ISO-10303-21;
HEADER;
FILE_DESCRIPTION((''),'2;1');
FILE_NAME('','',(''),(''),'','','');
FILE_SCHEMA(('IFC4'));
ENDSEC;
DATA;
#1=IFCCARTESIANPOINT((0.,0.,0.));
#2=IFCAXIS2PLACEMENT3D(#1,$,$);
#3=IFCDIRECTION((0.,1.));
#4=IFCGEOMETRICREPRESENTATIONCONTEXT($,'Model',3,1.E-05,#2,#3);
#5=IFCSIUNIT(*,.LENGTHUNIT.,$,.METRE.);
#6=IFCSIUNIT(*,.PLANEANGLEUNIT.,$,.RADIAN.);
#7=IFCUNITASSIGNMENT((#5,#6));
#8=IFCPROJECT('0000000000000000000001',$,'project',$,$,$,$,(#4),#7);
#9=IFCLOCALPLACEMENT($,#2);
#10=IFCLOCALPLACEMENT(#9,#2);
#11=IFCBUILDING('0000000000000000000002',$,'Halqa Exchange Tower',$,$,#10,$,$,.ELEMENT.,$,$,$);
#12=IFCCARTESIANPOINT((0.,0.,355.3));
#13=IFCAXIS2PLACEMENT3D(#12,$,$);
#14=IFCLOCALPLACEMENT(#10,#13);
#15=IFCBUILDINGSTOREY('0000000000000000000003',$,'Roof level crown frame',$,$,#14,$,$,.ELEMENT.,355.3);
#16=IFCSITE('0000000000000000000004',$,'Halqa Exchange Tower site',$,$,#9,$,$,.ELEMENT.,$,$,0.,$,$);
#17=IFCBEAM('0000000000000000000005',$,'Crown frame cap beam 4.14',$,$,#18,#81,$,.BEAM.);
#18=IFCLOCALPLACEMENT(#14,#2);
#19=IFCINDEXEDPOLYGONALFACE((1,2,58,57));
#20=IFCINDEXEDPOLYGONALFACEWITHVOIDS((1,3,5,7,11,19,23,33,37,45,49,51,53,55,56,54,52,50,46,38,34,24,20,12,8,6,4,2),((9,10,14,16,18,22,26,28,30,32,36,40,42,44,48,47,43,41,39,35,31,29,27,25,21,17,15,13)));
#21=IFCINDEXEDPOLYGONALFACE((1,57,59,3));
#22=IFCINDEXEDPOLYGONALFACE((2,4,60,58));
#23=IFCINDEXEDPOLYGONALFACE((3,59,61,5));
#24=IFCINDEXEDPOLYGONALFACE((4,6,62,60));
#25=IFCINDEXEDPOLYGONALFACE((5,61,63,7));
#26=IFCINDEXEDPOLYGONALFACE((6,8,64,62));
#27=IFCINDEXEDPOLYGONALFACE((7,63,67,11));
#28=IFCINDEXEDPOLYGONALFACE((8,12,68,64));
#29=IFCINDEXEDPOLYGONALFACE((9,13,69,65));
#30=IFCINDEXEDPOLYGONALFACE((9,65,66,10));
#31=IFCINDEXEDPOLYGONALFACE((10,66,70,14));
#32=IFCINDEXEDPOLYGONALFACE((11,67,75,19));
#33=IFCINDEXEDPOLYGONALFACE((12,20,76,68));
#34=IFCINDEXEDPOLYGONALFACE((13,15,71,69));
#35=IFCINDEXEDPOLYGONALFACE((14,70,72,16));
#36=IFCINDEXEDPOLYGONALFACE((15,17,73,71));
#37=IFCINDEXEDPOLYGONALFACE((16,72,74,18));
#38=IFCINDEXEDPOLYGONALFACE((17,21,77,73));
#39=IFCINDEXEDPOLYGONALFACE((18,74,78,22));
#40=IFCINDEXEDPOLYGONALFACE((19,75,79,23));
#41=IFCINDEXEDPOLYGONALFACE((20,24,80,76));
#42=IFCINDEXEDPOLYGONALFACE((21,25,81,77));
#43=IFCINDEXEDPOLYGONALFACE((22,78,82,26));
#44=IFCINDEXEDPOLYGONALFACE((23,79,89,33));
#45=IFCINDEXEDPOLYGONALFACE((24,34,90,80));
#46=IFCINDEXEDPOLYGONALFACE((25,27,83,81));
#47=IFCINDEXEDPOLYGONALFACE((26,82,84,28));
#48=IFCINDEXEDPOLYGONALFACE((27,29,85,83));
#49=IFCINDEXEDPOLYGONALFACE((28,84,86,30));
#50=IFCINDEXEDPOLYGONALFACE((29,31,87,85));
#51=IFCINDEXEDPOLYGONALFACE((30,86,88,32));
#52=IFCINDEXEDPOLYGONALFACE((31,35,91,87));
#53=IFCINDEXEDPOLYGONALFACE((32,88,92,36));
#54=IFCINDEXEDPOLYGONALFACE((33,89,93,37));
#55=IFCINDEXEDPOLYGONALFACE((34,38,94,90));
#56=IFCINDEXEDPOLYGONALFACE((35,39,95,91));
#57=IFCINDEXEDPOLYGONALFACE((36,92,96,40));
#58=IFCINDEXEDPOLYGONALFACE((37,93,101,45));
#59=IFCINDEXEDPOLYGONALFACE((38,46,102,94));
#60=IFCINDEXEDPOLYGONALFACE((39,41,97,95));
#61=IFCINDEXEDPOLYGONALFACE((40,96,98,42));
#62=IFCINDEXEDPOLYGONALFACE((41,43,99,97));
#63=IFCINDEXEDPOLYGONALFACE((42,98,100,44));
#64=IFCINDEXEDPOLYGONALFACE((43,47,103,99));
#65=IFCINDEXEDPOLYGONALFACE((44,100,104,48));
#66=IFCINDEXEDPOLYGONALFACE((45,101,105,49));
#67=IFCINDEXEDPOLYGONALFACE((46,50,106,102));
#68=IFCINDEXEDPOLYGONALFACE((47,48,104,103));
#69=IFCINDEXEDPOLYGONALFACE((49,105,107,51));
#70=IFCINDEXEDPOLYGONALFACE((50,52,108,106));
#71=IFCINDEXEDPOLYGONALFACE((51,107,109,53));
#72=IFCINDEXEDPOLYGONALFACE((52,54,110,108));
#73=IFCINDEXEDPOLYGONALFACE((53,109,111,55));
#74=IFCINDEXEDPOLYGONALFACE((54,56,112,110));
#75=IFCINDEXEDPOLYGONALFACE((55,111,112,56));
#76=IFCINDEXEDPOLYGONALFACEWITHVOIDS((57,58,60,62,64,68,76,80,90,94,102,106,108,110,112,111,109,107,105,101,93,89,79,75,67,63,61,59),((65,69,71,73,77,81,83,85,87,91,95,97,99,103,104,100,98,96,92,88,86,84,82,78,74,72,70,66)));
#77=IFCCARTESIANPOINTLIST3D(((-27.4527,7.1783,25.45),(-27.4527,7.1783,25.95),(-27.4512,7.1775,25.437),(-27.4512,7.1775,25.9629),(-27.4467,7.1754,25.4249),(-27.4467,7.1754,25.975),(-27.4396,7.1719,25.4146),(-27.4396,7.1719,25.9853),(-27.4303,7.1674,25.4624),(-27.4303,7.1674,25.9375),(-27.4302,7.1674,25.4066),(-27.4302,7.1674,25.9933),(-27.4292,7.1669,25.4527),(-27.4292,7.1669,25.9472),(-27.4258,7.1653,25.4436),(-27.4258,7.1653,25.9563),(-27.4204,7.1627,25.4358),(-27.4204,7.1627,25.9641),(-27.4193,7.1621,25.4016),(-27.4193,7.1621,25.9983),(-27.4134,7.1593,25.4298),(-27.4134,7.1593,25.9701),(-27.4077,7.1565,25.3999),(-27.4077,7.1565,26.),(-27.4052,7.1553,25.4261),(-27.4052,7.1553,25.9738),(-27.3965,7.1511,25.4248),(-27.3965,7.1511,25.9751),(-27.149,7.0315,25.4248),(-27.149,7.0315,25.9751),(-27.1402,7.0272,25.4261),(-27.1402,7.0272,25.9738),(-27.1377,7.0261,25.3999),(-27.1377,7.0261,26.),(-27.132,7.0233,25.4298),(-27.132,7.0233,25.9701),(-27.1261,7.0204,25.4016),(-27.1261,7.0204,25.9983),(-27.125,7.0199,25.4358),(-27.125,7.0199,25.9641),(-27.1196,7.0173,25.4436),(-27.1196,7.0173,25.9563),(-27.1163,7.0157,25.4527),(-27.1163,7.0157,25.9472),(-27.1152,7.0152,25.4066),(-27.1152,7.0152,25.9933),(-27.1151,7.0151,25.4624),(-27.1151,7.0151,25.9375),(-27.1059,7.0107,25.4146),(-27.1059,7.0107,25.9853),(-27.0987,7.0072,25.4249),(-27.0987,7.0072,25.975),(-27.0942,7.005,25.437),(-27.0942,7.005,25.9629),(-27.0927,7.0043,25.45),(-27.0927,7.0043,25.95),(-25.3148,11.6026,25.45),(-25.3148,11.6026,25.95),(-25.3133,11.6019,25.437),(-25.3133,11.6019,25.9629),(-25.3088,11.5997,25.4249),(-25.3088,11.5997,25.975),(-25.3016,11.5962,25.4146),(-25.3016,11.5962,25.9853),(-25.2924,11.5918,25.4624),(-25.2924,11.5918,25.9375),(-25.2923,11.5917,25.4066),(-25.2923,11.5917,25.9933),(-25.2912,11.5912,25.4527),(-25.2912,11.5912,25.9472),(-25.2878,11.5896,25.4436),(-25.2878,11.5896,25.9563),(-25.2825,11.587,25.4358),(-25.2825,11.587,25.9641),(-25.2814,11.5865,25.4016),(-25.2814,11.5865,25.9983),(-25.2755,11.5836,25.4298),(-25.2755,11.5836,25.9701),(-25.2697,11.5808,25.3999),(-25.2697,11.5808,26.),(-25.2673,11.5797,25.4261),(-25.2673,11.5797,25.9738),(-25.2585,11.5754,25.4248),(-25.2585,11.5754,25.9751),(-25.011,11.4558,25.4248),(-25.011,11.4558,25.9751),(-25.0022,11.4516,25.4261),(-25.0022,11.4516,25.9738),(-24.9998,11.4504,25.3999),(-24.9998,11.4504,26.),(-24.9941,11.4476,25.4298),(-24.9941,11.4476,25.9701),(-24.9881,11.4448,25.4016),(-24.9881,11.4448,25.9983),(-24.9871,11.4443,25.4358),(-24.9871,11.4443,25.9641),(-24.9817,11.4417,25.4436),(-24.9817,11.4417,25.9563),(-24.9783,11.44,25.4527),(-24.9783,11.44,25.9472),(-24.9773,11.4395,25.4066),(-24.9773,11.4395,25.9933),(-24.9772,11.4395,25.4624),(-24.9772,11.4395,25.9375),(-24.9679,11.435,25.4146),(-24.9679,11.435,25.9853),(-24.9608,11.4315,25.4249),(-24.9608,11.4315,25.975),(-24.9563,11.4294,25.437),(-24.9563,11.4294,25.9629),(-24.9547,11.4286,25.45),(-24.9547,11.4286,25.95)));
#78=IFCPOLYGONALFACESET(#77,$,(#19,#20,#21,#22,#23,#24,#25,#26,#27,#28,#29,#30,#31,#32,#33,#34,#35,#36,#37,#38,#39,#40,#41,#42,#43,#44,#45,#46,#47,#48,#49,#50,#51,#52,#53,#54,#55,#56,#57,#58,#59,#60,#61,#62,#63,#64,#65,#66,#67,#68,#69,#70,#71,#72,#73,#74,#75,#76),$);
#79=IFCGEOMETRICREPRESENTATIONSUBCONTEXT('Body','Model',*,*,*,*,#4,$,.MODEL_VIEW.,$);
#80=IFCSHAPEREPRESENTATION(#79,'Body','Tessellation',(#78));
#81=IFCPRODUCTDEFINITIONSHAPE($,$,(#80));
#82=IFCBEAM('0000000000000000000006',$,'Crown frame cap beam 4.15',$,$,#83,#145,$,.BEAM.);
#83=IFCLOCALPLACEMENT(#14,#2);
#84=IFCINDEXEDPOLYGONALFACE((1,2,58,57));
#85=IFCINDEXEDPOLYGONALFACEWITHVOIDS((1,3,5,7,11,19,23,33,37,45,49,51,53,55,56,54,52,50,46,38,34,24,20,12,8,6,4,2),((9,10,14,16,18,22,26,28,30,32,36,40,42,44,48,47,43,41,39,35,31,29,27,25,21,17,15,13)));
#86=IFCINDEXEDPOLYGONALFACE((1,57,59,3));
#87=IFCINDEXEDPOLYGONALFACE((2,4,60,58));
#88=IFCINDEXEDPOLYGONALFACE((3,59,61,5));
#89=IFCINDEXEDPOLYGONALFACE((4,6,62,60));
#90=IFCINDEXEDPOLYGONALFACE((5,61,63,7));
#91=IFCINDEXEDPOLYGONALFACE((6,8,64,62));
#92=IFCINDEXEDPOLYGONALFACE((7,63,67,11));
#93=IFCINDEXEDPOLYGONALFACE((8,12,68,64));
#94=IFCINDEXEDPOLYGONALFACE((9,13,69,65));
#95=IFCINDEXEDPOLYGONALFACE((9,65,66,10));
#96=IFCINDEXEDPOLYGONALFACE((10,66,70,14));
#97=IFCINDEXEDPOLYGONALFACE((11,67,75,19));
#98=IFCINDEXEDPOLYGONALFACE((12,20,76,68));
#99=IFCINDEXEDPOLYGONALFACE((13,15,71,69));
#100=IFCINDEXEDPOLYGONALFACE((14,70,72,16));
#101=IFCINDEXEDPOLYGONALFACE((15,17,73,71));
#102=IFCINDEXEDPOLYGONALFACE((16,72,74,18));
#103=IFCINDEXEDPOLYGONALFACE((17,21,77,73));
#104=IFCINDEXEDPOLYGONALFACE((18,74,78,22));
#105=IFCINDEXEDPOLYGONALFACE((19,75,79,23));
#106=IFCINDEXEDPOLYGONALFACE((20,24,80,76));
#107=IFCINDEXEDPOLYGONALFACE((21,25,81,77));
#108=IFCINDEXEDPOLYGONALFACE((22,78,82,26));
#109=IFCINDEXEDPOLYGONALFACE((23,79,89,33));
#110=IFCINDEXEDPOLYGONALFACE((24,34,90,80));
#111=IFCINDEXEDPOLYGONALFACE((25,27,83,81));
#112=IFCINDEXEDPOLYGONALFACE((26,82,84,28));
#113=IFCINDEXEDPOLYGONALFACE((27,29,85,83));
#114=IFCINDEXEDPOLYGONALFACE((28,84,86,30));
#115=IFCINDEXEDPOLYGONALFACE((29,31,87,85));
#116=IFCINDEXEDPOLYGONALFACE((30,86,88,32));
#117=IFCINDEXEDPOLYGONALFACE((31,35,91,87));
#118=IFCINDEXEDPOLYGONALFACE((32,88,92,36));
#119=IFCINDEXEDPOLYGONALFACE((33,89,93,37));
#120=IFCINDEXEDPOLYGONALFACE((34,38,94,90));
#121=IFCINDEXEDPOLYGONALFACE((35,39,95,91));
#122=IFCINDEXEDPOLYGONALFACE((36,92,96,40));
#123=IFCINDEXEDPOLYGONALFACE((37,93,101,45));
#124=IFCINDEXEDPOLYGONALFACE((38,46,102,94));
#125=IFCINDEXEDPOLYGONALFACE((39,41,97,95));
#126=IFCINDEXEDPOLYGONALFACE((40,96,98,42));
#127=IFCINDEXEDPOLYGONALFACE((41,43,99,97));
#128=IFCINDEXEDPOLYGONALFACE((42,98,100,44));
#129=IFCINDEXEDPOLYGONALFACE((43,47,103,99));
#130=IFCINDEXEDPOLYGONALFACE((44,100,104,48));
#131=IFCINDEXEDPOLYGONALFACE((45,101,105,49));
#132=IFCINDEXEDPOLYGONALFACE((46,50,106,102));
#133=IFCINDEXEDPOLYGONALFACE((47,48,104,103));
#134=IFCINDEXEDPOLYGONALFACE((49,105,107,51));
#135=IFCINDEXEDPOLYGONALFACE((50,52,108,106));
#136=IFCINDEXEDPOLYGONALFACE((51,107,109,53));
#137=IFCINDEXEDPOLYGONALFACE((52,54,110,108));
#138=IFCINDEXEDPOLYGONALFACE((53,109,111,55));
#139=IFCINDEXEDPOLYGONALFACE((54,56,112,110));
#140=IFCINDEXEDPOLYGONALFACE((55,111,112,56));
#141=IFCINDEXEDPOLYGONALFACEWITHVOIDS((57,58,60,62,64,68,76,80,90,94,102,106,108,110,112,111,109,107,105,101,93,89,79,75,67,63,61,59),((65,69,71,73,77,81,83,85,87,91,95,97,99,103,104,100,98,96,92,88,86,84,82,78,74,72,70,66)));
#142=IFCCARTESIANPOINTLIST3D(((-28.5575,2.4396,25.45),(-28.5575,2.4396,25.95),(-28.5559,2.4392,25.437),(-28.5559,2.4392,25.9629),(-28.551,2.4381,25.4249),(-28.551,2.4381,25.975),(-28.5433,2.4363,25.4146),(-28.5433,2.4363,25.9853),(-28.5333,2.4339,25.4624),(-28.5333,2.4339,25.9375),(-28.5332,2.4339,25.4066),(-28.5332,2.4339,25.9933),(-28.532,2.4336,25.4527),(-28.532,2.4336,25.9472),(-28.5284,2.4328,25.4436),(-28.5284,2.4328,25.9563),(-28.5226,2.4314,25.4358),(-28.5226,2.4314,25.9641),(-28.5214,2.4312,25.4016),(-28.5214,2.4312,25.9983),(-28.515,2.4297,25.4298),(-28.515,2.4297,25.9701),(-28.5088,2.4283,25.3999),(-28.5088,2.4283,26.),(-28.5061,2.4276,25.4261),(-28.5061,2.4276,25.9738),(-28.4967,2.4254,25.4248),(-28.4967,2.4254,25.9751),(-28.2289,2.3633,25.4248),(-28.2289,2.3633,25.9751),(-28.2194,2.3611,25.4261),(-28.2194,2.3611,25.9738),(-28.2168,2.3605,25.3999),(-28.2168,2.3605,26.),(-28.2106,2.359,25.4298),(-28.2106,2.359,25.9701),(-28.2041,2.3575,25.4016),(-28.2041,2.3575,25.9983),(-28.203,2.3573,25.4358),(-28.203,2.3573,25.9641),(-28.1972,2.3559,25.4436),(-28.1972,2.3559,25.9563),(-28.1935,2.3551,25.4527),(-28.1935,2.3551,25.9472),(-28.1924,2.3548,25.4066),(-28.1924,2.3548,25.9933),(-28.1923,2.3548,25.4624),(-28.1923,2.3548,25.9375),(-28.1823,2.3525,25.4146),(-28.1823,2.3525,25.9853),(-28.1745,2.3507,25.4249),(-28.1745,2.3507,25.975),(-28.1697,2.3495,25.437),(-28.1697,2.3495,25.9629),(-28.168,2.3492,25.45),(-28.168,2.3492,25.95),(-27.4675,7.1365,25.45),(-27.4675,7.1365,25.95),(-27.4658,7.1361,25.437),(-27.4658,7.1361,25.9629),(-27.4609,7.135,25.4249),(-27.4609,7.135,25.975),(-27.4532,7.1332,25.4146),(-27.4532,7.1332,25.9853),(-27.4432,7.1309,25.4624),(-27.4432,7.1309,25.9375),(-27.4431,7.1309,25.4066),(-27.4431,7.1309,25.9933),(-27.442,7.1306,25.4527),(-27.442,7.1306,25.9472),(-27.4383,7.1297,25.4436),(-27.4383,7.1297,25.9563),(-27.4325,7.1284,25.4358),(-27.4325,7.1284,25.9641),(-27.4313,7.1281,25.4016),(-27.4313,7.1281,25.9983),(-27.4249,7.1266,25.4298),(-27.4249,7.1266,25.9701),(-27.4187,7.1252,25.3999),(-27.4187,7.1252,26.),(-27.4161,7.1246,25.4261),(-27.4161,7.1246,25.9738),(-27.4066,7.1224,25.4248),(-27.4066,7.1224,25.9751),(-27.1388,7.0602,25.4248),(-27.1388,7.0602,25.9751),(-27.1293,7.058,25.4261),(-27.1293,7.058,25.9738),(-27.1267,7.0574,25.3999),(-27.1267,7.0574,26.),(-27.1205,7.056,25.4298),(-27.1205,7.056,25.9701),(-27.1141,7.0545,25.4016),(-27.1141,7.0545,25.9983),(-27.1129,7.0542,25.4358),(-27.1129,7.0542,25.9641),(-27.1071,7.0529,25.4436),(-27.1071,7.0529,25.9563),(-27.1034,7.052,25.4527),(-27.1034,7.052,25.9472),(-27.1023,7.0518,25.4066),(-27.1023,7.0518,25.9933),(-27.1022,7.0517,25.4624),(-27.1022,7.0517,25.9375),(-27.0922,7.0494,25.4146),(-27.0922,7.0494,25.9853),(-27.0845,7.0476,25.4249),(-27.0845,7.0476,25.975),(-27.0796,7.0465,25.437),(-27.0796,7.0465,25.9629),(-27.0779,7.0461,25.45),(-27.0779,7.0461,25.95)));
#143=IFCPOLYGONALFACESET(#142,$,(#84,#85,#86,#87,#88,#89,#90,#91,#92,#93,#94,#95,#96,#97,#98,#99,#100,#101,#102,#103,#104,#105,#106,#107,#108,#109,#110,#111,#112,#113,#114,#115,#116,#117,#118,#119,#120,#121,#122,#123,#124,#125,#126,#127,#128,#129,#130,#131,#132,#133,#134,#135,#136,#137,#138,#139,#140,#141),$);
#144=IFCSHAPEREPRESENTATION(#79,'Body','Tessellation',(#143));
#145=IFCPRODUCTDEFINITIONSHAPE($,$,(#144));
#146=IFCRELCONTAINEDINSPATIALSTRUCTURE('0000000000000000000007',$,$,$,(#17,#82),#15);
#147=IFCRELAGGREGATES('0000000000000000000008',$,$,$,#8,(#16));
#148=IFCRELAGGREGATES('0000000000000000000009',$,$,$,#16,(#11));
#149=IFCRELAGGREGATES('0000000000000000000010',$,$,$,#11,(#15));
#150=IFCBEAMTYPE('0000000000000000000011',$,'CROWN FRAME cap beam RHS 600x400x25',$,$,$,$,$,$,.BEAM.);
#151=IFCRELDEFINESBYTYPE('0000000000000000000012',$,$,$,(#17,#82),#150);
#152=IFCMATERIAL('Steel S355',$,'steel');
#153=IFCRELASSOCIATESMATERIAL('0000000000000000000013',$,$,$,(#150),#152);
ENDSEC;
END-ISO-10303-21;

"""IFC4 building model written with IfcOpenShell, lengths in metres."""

from ifc_helpers import new_model, si_unit, direction, frame, origin, origin_2d, place, context, subcontext, project, spatial, hollow_rectangle, extrude, material, material_profile, profile_set, type_object, element, save


model = new_model("IFC4")

# Units and contexts
model_context = context("Model", 3, precision=1e-05, world=origin(), true_north=direction((0.0, 1.0)))
body_context = subcontext(model_context, "Body", "Model", "MODEL_VIEW")
ifc_project = project(units=[si_unit("LENGTHUNIT", "METRE"), si_unit("PLANEANGLEUNIT", "RADIAN")], contexts=[model_context])

# Site, building, storey
site_placement = place(None, origin())
site = spatial("IfcSite", under=ifc_project, at=site_placement, Name="Halqa Exchange Tower site", CompositionType="ELEMENT", RefElevation=0.0)
building_placement = place(site_placement, origin())
building = spatial("IfcBuilding", under=site, at=building_placement, Name="Halqa Exchange Tower", CompositionType="ELEMENT")
storey_placement = place(building_placement, frame((0.0, 0.0, 355.3)))
storey = spatial("IfcBuildingStorey", under=building, at=storey_placement, Name="Roof level crown frame", CompositionType="ELEMENT", Elevation=355.3)

# Shared definitions
ifc_material_1 = material(Name="Steel S355", Category="steel")

# Beams
ifc_material_profile_1 = material_profile(ifc_material_1, hollow_rectangle(XDim=0.3999, YDim=0.6001, WallThickness=0.0249, InnerFilletRadius=0.0376, OuterFilletRadius=0.05, at=origin_2d()), Name="RHS 600x400x25")
ifc_profile_set_1 = profile_set([ifc_material_profile_1], Name="Steel S355")
beam_type_1 = type_object("IfcBeamType", Name="CROWN FRAME cap beam RHS 600x400x25", PredefinedType="BEAM", material=ifc_profile_set_1)
beam_1_placement = place(storey_placement, frame((-25.1348, 11.5156, 25.7), z_axis=(-0.435089, -0.900387, 0.0), x_axis=(0.900387, -0.435089, 0.0)))
element("IfcBeam", 1, at=beam_1_placement, inside=storey, type_object=beam_type_1, Name="Crown frame cap beam 4.14", PredefinedType="BEAM", context=body_context, shape_type="SweptSolid", body=[
    extrude(hollow_rectangle(XDim=0.3999, YDim=0.6001, WallThickness=0.0249, InnerFilletRadius=0.0376, OuterFilletRadius=0.05, at=origin_2d()), origin(), (0.0, 0.0, 1.0), 4.9138),
])
beam_2_placement = place(storey_placement, frame((-27.2727, 7.0913, 25.7), z_axis=(-0.226072, -0.974111, 0.0), x_axis=(0.974111, -0.226072, 0.0)))
element("IfcBeam", 2, at=beam_2_placement, inside=storey, type_object=beam_type_1, Name="Crown frame cap beam 4.15", PredefinedType="BEAM", context=body_context, shape_type="SweptSolid", body=[
    extrude(hollow_rectangle(XDim=0.3999, YDim=0.6001, WallThickness=0.0249, InnerFilletRadius=0.0376, OuterFilletRadius=0.05, at=origin_2d()), origin(), (0.0, 0.0, 1.0), 4.8218),
])

save(model, "model.ifc")
